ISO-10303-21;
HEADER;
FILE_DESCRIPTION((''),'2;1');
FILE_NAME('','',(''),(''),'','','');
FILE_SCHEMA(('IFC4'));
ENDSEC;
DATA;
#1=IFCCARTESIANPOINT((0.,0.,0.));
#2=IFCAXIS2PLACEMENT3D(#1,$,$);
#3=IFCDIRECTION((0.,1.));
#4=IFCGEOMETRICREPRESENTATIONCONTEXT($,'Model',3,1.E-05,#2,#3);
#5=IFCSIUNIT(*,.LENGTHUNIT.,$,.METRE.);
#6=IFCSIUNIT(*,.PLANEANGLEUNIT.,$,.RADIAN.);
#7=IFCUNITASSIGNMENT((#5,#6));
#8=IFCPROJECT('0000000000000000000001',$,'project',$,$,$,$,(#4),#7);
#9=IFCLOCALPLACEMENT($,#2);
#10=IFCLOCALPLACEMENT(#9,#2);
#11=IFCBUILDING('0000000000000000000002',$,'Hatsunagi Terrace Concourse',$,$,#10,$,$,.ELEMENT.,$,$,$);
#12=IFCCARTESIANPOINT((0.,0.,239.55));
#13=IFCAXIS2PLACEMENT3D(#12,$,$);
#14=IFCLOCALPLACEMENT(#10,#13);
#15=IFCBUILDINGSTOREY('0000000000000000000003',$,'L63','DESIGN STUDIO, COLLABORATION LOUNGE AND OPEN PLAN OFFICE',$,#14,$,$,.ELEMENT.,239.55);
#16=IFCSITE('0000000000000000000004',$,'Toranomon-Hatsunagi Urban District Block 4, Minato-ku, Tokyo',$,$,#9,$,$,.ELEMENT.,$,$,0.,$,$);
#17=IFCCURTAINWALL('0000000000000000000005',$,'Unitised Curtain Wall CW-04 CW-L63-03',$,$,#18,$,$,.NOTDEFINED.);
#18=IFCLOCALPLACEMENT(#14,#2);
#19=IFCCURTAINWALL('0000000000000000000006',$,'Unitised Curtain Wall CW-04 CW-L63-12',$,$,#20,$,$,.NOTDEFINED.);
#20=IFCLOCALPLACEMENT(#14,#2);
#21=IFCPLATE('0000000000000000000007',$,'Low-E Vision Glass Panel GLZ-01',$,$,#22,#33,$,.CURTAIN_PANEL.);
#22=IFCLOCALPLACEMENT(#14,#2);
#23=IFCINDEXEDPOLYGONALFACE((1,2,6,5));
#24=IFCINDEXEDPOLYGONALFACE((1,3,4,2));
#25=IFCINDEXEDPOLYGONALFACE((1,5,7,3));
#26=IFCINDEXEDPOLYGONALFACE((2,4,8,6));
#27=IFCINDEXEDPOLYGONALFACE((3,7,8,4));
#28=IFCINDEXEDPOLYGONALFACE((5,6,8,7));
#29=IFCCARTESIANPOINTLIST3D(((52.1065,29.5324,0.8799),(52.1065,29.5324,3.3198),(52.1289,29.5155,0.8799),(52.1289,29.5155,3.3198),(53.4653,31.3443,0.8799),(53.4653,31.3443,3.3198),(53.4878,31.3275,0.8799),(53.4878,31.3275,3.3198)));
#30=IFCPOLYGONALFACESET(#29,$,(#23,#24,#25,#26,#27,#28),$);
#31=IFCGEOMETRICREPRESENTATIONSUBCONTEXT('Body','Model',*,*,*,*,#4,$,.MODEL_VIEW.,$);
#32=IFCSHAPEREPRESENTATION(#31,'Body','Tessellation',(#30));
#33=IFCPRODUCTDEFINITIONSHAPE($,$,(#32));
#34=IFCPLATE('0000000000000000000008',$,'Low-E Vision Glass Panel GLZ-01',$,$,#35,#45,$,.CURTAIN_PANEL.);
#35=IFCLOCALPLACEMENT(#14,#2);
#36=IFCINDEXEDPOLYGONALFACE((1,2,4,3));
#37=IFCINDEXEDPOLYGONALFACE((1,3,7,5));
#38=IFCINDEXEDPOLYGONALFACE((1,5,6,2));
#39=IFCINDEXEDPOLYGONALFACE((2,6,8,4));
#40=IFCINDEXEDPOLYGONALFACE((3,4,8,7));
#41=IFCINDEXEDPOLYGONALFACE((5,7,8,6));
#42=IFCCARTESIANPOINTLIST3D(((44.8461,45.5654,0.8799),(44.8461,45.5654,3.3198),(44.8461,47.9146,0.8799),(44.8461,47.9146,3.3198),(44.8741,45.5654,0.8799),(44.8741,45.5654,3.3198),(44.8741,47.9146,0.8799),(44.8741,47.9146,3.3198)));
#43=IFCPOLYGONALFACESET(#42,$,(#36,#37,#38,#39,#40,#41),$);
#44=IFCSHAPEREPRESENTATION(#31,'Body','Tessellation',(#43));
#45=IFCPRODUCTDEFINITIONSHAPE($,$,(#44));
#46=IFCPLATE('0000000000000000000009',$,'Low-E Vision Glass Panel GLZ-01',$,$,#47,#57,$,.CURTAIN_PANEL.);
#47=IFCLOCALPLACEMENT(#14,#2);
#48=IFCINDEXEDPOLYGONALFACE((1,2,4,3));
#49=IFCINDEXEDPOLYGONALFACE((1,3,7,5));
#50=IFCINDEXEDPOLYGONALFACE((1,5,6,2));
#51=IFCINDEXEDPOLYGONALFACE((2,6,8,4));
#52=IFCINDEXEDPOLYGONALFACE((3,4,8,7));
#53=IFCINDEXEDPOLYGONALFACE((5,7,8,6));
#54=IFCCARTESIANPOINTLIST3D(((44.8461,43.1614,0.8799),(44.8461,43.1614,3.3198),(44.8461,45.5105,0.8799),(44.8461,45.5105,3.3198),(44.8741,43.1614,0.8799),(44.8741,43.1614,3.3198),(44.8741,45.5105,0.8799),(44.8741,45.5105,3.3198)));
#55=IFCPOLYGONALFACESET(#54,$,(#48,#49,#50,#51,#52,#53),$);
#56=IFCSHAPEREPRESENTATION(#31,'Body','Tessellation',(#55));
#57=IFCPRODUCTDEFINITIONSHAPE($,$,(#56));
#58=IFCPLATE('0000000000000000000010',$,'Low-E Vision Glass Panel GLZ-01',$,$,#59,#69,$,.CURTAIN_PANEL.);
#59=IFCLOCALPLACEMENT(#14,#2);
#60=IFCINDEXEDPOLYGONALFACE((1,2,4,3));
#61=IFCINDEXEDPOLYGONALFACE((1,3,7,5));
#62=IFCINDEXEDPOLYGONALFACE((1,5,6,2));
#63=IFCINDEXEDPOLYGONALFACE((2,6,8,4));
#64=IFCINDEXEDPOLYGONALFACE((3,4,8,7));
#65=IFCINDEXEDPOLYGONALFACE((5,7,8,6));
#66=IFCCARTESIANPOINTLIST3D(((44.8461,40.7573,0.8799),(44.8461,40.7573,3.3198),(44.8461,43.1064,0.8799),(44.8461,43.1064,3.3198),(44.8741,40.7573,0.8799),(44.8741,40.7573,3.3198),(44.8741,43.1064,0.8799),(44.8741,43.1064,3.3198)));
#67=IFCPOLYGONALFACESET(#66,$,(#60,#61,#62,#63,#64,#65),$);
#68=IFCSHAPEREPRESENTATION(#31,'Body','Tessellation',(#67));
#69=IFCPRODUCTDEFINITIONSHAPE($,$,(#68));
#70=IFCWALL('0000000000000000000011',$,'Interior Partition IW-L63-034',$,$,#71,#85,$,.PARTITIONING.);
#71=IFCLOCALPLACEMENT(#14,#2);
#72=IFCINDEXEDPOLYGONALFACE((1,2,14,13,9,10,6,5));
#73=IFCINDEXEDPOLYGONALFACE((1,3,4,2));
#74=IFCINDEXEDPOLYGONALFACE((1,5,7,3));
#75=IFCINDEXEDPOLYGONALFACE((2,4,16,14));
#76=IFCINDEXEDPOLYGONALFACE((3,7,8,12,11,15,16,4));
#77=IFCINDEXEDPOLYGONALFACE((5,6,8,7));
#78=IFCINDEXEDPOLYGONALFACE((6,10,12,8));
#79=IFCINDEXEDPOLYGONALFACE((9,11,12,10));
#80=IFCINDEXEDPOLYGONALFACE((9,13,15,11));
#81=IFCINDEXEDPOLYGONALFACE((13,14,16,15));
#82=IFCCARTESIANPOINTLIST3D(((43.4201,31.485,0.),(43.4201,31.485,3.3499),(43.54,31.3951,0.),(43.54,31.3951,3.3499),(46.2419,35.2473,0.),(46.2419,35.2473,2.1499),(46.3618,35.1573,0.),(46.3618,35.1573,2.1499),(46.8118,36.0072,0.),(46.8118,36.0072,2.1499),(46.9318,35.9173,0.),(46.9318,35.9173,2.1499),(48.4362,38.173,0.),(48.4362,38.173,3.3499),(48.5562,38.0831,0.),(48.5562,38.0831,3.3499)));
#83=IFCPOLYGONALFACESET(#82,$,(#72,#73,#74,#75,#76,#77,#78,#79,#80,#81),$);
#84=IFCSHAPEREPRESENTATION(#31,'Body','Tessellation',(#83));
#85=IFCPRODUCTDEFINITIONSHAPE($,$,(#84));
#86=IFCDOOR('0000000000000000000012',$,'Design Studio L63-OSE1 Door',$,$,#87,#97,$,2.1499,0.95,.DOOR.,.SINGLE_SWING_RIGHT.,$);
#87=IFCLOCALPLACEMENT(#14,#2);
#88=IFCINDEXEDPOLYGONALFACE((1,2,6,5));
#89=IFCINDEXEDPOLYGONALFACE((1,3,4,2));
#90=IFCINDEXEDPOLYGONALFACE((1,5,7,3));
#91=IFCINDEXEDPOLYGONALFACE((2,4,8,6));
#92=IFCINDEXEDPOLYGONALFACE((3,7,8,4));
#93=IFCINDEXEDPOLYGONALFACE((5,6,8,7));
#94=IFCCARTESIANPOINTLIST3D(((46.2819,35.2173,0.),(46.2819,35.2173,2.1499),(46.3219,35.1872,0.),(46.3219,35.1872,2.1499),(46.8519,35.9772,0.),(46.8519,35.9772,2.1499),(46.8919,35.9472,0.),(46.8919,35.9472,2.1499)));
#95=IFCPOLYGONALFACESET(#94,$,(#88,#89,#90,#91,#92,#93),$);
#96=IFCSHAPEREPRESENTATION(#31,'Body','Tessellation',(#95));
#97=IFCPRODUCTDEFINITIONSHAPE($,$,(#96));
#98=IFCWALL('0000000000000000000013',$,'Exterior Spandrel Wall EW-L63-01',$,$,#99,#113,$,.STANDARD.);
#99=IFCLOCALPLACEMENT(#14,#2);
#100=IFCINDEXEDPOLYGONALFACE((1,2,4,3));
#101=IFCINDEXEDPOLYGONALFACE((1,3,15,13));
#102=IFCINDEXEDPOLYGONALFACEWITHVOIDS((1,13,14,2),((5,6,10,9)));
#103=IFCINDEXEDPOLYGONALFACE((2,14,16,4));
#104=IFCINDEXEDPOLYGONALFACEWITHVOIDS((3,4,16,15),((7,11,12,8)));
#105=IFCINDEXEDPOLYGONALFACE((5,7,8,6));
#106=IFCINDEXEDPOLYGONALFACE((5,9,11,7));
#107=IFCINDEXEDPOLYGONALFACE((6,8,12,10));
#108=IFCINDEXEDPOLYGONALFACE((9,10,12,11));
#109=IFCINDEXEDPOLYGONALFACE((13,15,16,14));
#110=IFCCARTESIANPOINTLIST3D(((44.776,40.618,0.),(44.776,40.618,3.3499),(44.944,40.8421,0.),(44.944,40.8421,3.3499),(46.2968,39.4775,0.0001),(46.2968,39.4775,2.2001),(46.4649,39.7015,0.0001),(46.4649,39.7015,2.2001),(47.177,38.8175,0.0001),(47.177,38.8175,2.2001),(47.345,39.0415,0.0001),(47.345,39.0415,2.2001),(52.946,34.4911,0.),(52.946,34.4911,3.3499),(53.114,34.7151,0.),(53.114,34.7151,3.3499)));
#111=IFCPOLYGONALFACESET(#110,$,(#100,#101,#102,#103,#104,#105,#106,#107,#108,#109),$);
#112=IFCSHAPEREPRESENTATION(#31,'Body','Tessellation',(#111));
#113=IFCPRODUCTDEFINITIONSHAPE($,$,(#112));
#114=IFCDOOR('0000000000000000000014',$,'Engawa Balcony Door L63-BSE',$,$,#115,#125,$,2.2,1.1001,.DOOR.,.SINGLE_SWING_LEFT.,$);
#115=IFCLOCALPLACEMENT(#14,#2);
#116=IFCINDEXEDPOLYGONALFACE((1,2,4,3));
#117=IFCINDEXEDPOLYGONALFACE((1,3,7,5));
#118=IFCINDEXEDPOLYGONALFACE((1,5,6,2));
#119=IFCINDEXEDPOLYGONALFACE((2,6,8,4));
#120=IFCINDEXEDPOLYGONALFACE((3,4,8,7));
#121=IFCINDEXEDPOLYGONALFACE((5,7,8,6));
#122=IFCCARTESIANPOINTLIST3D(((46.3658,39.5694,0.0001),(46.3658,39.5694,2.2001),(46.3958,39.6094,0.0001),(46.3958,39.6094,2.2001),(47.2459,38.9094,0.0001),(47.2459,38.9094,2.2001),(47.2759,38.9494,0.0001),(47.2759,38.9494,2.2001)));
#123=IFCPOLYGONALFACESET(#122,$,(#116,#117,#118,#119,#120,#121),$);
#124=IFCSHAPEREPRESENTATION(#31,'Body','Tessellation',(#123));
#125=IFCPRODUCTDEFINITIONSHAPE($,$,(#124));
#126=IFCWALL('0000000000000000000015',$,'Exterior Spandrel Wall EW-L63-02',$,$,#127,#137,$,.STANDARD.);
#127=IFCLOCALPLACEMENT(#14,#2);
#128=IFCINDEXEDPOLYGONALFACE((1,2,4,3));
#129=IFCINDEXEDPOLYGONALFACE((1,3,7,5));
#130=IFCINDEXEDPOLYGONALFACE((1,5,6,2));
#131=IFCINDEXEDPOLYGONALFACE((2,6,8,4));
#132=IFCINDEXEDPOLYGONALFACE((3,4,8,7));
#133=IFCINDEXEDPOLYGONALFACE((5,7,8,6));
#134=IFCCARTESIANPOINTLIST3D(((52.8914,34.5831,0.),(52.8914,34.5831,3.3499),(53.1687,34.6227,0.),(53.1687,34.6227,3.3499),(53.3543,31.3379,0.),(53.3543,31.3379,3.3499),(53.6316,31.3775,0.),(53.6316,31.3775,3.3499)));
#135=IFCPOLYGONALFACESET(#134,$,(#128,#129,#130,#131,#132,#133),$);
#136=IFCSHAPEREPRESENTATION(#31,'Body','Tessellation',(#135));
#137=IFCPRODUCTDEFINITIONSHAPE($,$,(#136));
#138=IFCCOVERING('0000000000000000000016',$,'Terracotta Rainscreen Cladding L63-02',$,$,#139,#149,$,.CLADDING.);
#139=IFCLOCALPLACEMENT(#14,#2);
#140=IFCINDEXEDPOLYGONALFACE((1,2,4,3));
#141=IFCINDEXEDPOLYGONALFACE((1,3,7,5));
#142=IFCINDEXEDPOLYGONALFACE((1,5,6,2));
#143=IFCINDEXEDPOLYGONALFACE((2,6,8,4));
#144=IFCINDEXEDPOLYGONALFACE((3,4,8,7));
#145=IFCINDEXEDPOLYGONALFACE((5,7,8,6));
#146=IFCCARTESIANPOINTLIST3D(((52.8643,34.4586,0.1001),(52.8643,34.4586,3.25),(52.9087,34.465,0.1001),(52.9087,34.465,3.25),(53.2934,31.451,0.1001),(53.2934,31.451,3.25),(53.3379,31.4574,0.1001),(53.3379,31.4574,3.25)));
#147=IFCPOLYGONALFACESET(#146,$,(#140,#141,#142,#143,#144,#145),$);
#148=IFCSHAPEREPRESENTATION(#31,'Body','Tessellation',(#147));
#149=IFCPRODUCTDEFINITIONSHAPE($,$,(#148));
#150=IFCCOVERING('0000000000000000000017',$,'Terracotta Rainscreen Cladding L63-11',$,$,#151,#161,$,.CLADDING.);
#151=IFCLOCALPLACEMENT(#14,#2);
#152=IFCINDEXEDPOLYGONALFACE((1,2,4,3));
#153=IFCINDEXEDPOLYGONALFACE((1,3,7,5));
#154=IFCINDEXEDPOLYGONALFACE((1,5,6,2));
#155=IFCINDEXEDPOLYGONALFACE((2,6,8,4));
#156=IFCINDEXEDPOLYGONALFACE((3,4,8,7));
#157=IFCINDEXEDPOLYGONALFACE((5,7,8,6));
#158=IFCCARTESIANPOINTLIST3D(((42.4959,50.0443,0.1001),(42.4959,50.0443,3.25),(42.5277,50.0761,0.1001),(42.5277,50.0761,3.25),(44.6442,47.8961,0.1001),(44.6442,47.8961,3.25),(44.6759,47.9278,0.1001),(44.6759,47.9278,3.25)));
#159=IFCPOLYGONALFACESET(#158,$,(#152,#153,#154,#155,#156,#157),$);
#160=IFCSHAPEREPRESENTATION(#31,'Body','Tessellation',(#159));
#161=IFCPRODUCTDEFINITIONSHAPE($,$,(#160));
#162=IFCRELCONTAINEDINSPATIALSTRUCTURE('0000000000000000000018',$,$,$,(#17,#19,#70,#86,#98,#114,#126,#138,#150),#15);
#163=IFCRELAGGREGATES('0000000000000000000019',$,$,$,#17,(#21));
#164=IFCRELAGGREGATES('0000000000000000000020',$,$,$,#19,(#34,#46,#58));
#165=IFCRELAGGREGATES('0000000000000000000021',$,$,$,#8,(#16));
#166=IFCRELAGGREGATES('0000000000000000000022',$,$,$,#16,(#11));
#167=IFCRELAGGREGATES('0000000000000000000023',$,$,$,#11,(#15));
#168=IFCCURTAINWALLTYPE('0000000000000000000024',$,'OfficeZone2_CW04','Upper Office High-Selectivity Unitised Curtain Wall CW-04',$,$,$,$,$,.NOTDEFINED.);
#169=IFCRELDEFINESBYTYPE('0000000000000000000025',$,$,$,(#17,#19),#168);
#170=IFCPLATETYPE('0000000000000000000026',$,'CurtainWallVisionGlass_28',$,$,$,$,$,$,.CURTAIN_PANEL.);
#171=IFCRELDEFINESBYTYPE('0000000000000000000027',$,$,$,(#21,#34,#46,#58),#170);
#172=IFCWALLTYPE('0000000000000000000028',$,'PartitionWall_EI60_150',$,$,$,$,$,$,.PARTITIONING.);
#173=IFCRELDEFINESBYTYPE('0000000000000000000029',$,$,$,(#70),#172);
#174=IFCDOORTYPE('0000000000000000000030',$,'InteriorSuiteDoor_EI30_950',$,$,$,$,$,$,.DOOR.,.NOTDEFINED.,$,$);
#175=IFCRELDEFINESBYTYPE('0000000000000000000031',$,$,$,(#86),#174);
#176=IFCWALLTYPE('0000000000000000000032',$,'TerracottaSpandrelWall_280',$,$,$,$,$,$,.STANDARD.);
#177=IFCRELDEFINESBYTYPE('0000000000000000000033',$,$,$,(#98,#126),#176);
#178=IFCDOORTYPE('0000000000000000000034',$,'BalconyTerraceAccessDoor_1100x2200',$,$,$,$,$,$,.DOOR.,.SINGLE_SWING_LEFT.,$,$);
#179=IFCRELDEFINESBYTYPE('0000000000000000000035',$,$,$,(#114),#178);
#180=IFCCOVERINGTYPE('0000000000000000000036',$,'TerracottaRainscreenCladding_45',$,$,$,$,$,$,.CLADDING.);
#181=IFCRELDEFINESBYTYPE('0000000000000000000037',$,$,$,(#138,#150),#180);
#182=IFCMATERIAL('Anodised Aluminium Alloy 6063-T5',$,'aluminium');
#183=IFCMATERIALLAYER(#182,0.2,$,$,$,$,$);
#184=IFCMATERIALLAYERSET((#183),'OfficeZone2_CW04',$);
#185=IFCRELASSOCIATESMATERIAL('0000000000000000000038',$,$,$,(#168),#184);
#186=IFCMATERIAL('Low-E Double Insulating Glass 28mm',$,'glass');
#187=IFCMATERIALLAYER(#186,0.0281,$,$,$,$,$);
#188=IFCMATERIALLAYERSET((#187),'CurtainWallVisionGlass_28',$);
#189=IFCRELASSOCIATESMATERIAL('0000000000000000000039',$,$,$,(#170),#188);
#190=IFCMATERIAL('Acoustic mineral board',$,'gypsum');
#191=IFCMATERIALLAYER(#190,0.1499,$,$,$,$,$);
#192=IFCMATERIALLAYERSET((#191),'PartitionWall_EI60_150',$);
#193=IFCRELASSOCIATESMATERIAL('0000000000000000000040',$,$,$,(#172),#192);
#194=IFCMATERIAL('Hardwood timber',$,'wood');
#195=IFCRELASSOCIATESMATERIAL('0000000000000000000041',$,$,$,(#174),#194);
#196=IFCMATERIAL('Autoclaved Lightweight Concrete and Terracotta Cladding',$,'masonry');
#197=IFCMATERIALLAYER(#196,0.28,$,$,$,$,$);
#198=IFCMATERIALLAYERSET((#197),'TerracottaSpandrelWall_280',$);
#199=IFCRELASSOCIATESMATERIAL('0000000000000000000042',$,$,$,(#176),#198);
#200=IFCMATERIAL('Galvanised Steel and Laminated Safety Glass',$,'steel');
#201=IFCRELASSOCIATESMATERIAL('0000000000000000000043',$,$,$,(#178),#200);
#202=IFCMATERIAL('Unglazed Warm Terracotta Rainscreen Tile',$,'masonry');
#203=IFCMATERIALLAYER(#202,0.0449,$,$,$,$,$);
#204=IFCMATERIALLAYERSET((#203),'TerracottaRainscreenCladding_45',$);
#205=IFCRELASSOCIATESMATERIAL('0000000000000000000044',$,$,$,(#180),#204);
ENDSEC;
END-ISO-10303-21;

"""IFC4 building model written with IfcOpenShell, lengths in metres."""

from ifc_helpers import new_model, si_unit, direction, frame, frame_2d, origin, origin_2d, place, context, subcontext, project, spatial, rectangle, extrude, material, layer, layer_set, type_object, element, fill, aggregate, save


model = new_model("IFC4")

# Units and contexts
model_context = context("Model", 3, precision=1e-05, world=origin(), true_north=direction((0.0, 1.0)))
body_context = subcontext(model_context, "Body", "Model", "MODEL_VIEW")
ifc_project = project(units=[si_unit("LENGTHUNIT", "METRE"), si_unit("PLANEANGLEUNIT", "RADIAN")], contexts=[model_context])

# Site, building, storey
site_placement = place(None, origin())
site = spatial("IfcSite", under=ifc_project, at=site_placement, Name="Toranomon-Hatsunagi Urban District Block 4, Minato-ku, Tokyo", CompositionType="ELEMENT", RefElevation=0.0)
building_placement = place(site_placement, origin())
building = spatial("IfcBuilding", under=site, at=building_placement, Name="Hatsunagi Terrace Concourse", CompositionType="ELEMENT")
storey_placement = place(building_placement, frame((0.0, 0.0, 239.55)))
storey = spatial("IfcBuildingStorey", under=building, at=storey_placement, Name="L63", Description="DESIGN STUDIO, COLLABORATION LOUNGE AND OPEN PLAN OFFICE", CompositionType="ELEMENT", Elevation=239.55)

# Curtain walls
ifc_material_1 = material(Name="Anodised Aluminium Alloy 6063-T5", Category="aluminium")
ifc_layer_1 = layer(ifc_material_1, 0.2)
ifc_layer_set_1 = layer_set([ifc_layer_1], Name="OfficeZone2_CW04")
curtain_wall_type = type_object("IfcCurtainWallType", Name="OfficeZone2_CW04", Description="Upper Office High-Selectivity Unitised Curtain Wall CW-04", PredefinedType="NOTDEFINED", material=ifc_layer_set_1)
curtain_wall_1_placement = place(storey_placement, origin())
curtain_wall_1 = element("IfcCurtainWall", 1, at=curtain_wall_1_placement, inside=storey, type_object=curtain_wall_type, Name="Unitised Curtain Wall CW-04 CW-L63-03", PredefinedType="NOTDEFINED")
curtain_wall_2_placement = place(storey_placement, origin())
curtain_wall_2 = element("IfcCurtainWall", 2, at=curtain_wall_2_placement, inside=storey, type_object=curtain_wall_type, Name="Unitised Curtain Wall CW-04 CW-L63-12", PredefinedType="NOTDEFINED")

# Plates
ifc_material_2 = material(Name="Low-E Double Insulating Glass 28mm", Category="glass")
ifc_layer_2 = layer(ifc_material_2, 0.0281)
ifc_layer_set_2 = layer_set([ifc_layer_2], Name="CurtainWallVisionGlass_28")
plate_type_1 = type_object("IfcPlateType", Name="CurtainWallVisionGlass_28", PredefinedType="CURTAIN_PANEL", material=ifc_layer_set_2)
plate_1_placement = place(storey_placement, frame((52.7971, 30.4299, 0.8799), z_axis=(0.0, 0.0, 1.0), x_axis=(-0.599969, -0.800023, 0.0)))
plate_1 = element("IfcPlate", 3, at=plate_1_placement, type_object=plate_type_1, Name="Low-E Vision Glass Panel GLZ-01", PredefinedType="CURTAIN_PANEL", context=body_context, shape_type="SweptSolid", body=[
    extrude(rectangle(XDim=2.2649, YDim=0.0281, at=origin_2d()), origin(), (0.0, 0.0, 1.0), 2.4399),
])
aggregate(curtain_wall_1, [plate_1])
plate_2_placement = place(storey_placement, frame((44.8601, 46.74, 0.8799), z_axis=(0.0, 0.0, 1.0), x_axis=(0.0, -1.0, 0.0)))
plate_2 = element("IfcPlate", 4, at=plate_2_placement, type_object=plate_type_1, Name="Low-E Vision Glass Panel GLZ-01", PredefinedType="CURTAIN_PANEL", context=body_context, shape_type="SweptSolid", body=[
    extrude(rectangle(XDim=2.3491, YDim=0.0281, at=origin_2d()), origin(), (0.0, 0.0, 1.0), 2.4399),
])
plate_3_placement = place(storey_placement, frame((44.8601, 44.3359, 0.8799), z_axis=(0.0, 0.0, 1.0), x_axis=(0.0, -1.0, 0.0)))
plate_3 = element("IfcPlate", 5, at=plate_3_placement, type_object=plate_type_1, Name="Low-E Vision Glass Panel GLZ-01", PredefinedType="CURTAIN_PANEL", context=body_context, shape_type="SweptSolid", body=[
    extrude(rectangle(XDim=2.3491, YDim=0.0281, at=origin_2d()), origin(), (0.0, 0.0, 1.0), 2.4399),
])
plate_4_placement = place(storey_placement, frame((44.8601, 41.9319, 0.8799), z_axis=(0.0, 0.0, 1.0), x_axis=(0.0, -1.0, 0.0)))
plate_4 = element("IfcPlate", 6, at=plate_4_placement, type_object=plate_type_1, Name="Low-E Vision Glass Panel GLZ-01", PredefinedType="CURTAIN_PANEL", context=body_context, shape_type="SweptSolid", body=[
    extrude(rectangle(XDim=2.3491, YDim=0.0281, at=origin_2d()), origin(), (0.0, 0.0, 1.0), 2.4399),
])
aggregate(curtain_wall_2, [plate_2, plate_3, plate_4])

# Walls, openings, doors
ifc_material_3 = material(Name="Acoustic mineral board", Category="gypsum")
ifc_layer_3 = layer(ifc_material_3, 0.1499)
ifc_layer_set_3 = layer_set([ifc_layer_3], Name="PartitionWall_EI60_150")
wall_type_1 = type_object("IfcWallType", Name="PartitionWall_EI60_150", PredefinedType="PARTITIONING", material=ifc_layer_set_3)
wall_1_placement = place(storey_placement, frame((43.48, 31.4399, 0.0), z_axis=(0.0, 0.0, 1.0), x_axis=(0.600009, 0.799993, 0.0)))
wall_1 = element("IfcWall", 7, at=wall_1_placement, inside=storey, type_object=wall_type_1, Name="Interior Partition IW-L63-034", PredefinedType="PARTITIONING", context=body_context, shape_type="SweptSolid", body=[
    extrude(rectangle(XDim=8.3601, YDim=0.1499, at=frame_2d((4.1802, 0.0))), origin(), (0.0, 0.0, 1.0), 3.3499),
])
opening_1_placement = place(wall_1_placement, frame((4.7029, 0.0, 0.0)))
opening_1 = element("IfcOpeningElement", 8, at=opening_1_placement, cuts=wall_1, PredefinedType="OPENING", context=body_context, shape_type="SweptSolid", body=[
    extrude(rectangle(XDim=0.95, YDim=2.1499, at=frame_2d((0.4751, 1.075))), frame((0.0, 0.085, 0.0), z_axis=(0.0, -1.0, 0.0), x_axis=(1.0, 0.0, 0.0)), (0.0, 0.0, 1.0), 0.1699),
])
ifc_material_4 = material(Name="Hardwood timber", Category="wood")
door_type_1 = type_object("IfcDoorType", Name="InteriorSuiteDoor_EI30_950", OperationType="NOTDEFINED", PredefinedType="DOOR", material=ifc_material_4)
door_1_placement = place(opening_1_placement, origin())
door_1 = element("IfcDoor", 9, at=door_1_placement, inside=storey, type_object=door_type_1, Name="Design Studio L63-OSE1 Door", OperationType="SINGLE_SWING_RIGHT", OverallHeight=2.1499, OverallWidth=0.95, PredefinedType="DOOR", context=body_context, shape_type="SweptSolid", body=[
    extrude(rectangle(XDim=0.95, YDim=2.1499, at=frame_2d((0.4751, 1.075))), frame((0.0, 0.0249, 0.0), z_axis=(0.0, -1.0, 0.0), x_axis=(1.0, 0.0, 0.0)), (0.0, 0.0, 1.0), 0.05),
])
fill(opening_1, door_1)
ifc_material_5 = material(Name="Autoclaved Lightweight Concrete and Terracotta Cladding", Category="masonry")
ifc_layer_4 = layer(ifc_material_5, 0.28)
ifc_layer_set_4 = layer_set([ifc_layer_4], Name="TerracottaSpandrelWall_280")
wall_type_2 = type_object("IfcWallType", Name="TerracottaSpandrelWall_280", PredefinedType="STANDARD", material=ifc_layer_set_4)
wall_2_placement = place(storey_placement, frame((44.8601, 40.73, 0.0), z_axis=(0.0, 0.0, 1.0), x_axis=(0.800023, -0.599969, 0.0)))
wall_2 = element("IfcWall", 10, at=wall_2_placement, inside=storey, type_object=wall_type_2, Name="Exterior Spandrel Wall EW-L63-01", PredefinedType="STANDARD", context=body_context, shape_type="SweptSolid", body=[
    extrude(rectangle(XDim=10.2122, YDim=0.28, at=frame_2d((5.106, 0.0))), origin(), (0.0, 0.0, 1.0), 3.3499),
])
opening_2_placement = place(wall_2_placement, frame((1.9009, 0.0, 0.0)))
opening_2 = element("IfcOpeningElement", 11, at=opening_2_placement, cuts=wall_2, PredefinedType="OPENING", context=body_context, shape_type="SweptSolid", body=[
    extrude(rectangle(XDim=1.1001, YDim=2.2, at=frame_2d((0.55, 1.1001))), frame((0.0, 0.1499, 0.0), z_axis=(0.0, -1.0, 0.0), x_axis=(1.0, 0.0, 0.0)), (0.0, 0.0, 1.0), 0.3),
])
ifc_material_6 = material(Name="Galvanised Steel and Laminated Safety Glass", Category="steel")
door_type_2 = type_object("IfcDoorType", Name="BalconyTerraceAccessDoor_1100x2200", OperationType="SINGLE_SWING_LEFT", PredefinedType="DOOR", material=ifc_material_6)
door_2_placement = place(opening_2_placement, origin())
door_2 = element("IfcDoor", 12, at=door_2_placement, inside=storey, type_object=door_type_2, Name="Engawa Balcony Door L63-BSE", OperationType="SINGLE_SWING_LEFT", OverallHeight=2.2, OverallWidth=1.1001, PredefinedType="DOOR", context=body_context, shape_type="SweptSolid", body=[
    extrude(rectangle(XDim=1.1001, YDim=2.2, at=frame_2d((0.55, 1.1001))), frame((0.0, 0.0249, 0.0), z_axis=(0.0, -1.0, 0.0), x_axis=(1.0, 0.0, 0.0)), (0.0, 0.0, 1.0), 0.05),
])
fill(opening_2, door_2)

# Wall
wall_3_placement = place(storey_placement, frame((53.03, 34.603, 0.0), z_axis=(0.0, 0.0, 1.0), x_axis=(0.141213, -0.989979, 0.0)))
element("IfcWall", 13, at=wall_3_placement, inside=storey, type_object=wall_type_2, Name="Exterior Spandrel Wall EW-L63-02", PredefinedType="STANDARD", context=body_context, shape_type="SweptSolid", body=[
    extrude(rectangle(XDim=3.2781, YDim=0.28, at=frame_2d((1.6392, 0.0))), origin(), (0.0, 0.0, 1.0), 3.3499),
])

# Coverings
ifc_material_7 = material(Name="Unglazed Warm Terracotta Rainscreen Tile", Category="masonry")
ifc_layer_5 = layer(ifc_material_7, 0.0449)
ifc_layer_set_5 = layer_set([ifc_layer_5], Name="TerracottaRainscreenCladding_45")
covering_type = type_object("IfcCoveringType", Name="TerracottaRainscreenCladding_45", PredefinedType="CLADDING", material=ifc_layer_set_5)
for number, where, z_axis, x_axis, name in (
    (14, (53.1011, 32.958, 0.1001), (0.0, 0.0, 1.0), (0.14125, -0.989974, 0.0), "Terracotta Rainscreen Cladding L63-02"),
    (15, (43.5859, 48.9861, 0.1001), (0.0, 0.0, 1.0), (0.707107, -0.707107, 0.0), "Terracotta Rainscreen Cladding L63-11"),
):
    element("IfcCovering", number, at=place(storey_placement, frame(where, z_axis=z_axis, x_axis=x_axis)), inside=storey, type_object=covering_type, Name=name, PredefinedType="CLADDING", context=body_context, shape_type="SweptSolid", body=[
        extrude(rectangle(XDim=3.0381, YDim=0.0449, at=origin_2d()), origin(), (0.0, 0.0, 1.0), 3.1499),
    ])

save(model, "model.ifc")
